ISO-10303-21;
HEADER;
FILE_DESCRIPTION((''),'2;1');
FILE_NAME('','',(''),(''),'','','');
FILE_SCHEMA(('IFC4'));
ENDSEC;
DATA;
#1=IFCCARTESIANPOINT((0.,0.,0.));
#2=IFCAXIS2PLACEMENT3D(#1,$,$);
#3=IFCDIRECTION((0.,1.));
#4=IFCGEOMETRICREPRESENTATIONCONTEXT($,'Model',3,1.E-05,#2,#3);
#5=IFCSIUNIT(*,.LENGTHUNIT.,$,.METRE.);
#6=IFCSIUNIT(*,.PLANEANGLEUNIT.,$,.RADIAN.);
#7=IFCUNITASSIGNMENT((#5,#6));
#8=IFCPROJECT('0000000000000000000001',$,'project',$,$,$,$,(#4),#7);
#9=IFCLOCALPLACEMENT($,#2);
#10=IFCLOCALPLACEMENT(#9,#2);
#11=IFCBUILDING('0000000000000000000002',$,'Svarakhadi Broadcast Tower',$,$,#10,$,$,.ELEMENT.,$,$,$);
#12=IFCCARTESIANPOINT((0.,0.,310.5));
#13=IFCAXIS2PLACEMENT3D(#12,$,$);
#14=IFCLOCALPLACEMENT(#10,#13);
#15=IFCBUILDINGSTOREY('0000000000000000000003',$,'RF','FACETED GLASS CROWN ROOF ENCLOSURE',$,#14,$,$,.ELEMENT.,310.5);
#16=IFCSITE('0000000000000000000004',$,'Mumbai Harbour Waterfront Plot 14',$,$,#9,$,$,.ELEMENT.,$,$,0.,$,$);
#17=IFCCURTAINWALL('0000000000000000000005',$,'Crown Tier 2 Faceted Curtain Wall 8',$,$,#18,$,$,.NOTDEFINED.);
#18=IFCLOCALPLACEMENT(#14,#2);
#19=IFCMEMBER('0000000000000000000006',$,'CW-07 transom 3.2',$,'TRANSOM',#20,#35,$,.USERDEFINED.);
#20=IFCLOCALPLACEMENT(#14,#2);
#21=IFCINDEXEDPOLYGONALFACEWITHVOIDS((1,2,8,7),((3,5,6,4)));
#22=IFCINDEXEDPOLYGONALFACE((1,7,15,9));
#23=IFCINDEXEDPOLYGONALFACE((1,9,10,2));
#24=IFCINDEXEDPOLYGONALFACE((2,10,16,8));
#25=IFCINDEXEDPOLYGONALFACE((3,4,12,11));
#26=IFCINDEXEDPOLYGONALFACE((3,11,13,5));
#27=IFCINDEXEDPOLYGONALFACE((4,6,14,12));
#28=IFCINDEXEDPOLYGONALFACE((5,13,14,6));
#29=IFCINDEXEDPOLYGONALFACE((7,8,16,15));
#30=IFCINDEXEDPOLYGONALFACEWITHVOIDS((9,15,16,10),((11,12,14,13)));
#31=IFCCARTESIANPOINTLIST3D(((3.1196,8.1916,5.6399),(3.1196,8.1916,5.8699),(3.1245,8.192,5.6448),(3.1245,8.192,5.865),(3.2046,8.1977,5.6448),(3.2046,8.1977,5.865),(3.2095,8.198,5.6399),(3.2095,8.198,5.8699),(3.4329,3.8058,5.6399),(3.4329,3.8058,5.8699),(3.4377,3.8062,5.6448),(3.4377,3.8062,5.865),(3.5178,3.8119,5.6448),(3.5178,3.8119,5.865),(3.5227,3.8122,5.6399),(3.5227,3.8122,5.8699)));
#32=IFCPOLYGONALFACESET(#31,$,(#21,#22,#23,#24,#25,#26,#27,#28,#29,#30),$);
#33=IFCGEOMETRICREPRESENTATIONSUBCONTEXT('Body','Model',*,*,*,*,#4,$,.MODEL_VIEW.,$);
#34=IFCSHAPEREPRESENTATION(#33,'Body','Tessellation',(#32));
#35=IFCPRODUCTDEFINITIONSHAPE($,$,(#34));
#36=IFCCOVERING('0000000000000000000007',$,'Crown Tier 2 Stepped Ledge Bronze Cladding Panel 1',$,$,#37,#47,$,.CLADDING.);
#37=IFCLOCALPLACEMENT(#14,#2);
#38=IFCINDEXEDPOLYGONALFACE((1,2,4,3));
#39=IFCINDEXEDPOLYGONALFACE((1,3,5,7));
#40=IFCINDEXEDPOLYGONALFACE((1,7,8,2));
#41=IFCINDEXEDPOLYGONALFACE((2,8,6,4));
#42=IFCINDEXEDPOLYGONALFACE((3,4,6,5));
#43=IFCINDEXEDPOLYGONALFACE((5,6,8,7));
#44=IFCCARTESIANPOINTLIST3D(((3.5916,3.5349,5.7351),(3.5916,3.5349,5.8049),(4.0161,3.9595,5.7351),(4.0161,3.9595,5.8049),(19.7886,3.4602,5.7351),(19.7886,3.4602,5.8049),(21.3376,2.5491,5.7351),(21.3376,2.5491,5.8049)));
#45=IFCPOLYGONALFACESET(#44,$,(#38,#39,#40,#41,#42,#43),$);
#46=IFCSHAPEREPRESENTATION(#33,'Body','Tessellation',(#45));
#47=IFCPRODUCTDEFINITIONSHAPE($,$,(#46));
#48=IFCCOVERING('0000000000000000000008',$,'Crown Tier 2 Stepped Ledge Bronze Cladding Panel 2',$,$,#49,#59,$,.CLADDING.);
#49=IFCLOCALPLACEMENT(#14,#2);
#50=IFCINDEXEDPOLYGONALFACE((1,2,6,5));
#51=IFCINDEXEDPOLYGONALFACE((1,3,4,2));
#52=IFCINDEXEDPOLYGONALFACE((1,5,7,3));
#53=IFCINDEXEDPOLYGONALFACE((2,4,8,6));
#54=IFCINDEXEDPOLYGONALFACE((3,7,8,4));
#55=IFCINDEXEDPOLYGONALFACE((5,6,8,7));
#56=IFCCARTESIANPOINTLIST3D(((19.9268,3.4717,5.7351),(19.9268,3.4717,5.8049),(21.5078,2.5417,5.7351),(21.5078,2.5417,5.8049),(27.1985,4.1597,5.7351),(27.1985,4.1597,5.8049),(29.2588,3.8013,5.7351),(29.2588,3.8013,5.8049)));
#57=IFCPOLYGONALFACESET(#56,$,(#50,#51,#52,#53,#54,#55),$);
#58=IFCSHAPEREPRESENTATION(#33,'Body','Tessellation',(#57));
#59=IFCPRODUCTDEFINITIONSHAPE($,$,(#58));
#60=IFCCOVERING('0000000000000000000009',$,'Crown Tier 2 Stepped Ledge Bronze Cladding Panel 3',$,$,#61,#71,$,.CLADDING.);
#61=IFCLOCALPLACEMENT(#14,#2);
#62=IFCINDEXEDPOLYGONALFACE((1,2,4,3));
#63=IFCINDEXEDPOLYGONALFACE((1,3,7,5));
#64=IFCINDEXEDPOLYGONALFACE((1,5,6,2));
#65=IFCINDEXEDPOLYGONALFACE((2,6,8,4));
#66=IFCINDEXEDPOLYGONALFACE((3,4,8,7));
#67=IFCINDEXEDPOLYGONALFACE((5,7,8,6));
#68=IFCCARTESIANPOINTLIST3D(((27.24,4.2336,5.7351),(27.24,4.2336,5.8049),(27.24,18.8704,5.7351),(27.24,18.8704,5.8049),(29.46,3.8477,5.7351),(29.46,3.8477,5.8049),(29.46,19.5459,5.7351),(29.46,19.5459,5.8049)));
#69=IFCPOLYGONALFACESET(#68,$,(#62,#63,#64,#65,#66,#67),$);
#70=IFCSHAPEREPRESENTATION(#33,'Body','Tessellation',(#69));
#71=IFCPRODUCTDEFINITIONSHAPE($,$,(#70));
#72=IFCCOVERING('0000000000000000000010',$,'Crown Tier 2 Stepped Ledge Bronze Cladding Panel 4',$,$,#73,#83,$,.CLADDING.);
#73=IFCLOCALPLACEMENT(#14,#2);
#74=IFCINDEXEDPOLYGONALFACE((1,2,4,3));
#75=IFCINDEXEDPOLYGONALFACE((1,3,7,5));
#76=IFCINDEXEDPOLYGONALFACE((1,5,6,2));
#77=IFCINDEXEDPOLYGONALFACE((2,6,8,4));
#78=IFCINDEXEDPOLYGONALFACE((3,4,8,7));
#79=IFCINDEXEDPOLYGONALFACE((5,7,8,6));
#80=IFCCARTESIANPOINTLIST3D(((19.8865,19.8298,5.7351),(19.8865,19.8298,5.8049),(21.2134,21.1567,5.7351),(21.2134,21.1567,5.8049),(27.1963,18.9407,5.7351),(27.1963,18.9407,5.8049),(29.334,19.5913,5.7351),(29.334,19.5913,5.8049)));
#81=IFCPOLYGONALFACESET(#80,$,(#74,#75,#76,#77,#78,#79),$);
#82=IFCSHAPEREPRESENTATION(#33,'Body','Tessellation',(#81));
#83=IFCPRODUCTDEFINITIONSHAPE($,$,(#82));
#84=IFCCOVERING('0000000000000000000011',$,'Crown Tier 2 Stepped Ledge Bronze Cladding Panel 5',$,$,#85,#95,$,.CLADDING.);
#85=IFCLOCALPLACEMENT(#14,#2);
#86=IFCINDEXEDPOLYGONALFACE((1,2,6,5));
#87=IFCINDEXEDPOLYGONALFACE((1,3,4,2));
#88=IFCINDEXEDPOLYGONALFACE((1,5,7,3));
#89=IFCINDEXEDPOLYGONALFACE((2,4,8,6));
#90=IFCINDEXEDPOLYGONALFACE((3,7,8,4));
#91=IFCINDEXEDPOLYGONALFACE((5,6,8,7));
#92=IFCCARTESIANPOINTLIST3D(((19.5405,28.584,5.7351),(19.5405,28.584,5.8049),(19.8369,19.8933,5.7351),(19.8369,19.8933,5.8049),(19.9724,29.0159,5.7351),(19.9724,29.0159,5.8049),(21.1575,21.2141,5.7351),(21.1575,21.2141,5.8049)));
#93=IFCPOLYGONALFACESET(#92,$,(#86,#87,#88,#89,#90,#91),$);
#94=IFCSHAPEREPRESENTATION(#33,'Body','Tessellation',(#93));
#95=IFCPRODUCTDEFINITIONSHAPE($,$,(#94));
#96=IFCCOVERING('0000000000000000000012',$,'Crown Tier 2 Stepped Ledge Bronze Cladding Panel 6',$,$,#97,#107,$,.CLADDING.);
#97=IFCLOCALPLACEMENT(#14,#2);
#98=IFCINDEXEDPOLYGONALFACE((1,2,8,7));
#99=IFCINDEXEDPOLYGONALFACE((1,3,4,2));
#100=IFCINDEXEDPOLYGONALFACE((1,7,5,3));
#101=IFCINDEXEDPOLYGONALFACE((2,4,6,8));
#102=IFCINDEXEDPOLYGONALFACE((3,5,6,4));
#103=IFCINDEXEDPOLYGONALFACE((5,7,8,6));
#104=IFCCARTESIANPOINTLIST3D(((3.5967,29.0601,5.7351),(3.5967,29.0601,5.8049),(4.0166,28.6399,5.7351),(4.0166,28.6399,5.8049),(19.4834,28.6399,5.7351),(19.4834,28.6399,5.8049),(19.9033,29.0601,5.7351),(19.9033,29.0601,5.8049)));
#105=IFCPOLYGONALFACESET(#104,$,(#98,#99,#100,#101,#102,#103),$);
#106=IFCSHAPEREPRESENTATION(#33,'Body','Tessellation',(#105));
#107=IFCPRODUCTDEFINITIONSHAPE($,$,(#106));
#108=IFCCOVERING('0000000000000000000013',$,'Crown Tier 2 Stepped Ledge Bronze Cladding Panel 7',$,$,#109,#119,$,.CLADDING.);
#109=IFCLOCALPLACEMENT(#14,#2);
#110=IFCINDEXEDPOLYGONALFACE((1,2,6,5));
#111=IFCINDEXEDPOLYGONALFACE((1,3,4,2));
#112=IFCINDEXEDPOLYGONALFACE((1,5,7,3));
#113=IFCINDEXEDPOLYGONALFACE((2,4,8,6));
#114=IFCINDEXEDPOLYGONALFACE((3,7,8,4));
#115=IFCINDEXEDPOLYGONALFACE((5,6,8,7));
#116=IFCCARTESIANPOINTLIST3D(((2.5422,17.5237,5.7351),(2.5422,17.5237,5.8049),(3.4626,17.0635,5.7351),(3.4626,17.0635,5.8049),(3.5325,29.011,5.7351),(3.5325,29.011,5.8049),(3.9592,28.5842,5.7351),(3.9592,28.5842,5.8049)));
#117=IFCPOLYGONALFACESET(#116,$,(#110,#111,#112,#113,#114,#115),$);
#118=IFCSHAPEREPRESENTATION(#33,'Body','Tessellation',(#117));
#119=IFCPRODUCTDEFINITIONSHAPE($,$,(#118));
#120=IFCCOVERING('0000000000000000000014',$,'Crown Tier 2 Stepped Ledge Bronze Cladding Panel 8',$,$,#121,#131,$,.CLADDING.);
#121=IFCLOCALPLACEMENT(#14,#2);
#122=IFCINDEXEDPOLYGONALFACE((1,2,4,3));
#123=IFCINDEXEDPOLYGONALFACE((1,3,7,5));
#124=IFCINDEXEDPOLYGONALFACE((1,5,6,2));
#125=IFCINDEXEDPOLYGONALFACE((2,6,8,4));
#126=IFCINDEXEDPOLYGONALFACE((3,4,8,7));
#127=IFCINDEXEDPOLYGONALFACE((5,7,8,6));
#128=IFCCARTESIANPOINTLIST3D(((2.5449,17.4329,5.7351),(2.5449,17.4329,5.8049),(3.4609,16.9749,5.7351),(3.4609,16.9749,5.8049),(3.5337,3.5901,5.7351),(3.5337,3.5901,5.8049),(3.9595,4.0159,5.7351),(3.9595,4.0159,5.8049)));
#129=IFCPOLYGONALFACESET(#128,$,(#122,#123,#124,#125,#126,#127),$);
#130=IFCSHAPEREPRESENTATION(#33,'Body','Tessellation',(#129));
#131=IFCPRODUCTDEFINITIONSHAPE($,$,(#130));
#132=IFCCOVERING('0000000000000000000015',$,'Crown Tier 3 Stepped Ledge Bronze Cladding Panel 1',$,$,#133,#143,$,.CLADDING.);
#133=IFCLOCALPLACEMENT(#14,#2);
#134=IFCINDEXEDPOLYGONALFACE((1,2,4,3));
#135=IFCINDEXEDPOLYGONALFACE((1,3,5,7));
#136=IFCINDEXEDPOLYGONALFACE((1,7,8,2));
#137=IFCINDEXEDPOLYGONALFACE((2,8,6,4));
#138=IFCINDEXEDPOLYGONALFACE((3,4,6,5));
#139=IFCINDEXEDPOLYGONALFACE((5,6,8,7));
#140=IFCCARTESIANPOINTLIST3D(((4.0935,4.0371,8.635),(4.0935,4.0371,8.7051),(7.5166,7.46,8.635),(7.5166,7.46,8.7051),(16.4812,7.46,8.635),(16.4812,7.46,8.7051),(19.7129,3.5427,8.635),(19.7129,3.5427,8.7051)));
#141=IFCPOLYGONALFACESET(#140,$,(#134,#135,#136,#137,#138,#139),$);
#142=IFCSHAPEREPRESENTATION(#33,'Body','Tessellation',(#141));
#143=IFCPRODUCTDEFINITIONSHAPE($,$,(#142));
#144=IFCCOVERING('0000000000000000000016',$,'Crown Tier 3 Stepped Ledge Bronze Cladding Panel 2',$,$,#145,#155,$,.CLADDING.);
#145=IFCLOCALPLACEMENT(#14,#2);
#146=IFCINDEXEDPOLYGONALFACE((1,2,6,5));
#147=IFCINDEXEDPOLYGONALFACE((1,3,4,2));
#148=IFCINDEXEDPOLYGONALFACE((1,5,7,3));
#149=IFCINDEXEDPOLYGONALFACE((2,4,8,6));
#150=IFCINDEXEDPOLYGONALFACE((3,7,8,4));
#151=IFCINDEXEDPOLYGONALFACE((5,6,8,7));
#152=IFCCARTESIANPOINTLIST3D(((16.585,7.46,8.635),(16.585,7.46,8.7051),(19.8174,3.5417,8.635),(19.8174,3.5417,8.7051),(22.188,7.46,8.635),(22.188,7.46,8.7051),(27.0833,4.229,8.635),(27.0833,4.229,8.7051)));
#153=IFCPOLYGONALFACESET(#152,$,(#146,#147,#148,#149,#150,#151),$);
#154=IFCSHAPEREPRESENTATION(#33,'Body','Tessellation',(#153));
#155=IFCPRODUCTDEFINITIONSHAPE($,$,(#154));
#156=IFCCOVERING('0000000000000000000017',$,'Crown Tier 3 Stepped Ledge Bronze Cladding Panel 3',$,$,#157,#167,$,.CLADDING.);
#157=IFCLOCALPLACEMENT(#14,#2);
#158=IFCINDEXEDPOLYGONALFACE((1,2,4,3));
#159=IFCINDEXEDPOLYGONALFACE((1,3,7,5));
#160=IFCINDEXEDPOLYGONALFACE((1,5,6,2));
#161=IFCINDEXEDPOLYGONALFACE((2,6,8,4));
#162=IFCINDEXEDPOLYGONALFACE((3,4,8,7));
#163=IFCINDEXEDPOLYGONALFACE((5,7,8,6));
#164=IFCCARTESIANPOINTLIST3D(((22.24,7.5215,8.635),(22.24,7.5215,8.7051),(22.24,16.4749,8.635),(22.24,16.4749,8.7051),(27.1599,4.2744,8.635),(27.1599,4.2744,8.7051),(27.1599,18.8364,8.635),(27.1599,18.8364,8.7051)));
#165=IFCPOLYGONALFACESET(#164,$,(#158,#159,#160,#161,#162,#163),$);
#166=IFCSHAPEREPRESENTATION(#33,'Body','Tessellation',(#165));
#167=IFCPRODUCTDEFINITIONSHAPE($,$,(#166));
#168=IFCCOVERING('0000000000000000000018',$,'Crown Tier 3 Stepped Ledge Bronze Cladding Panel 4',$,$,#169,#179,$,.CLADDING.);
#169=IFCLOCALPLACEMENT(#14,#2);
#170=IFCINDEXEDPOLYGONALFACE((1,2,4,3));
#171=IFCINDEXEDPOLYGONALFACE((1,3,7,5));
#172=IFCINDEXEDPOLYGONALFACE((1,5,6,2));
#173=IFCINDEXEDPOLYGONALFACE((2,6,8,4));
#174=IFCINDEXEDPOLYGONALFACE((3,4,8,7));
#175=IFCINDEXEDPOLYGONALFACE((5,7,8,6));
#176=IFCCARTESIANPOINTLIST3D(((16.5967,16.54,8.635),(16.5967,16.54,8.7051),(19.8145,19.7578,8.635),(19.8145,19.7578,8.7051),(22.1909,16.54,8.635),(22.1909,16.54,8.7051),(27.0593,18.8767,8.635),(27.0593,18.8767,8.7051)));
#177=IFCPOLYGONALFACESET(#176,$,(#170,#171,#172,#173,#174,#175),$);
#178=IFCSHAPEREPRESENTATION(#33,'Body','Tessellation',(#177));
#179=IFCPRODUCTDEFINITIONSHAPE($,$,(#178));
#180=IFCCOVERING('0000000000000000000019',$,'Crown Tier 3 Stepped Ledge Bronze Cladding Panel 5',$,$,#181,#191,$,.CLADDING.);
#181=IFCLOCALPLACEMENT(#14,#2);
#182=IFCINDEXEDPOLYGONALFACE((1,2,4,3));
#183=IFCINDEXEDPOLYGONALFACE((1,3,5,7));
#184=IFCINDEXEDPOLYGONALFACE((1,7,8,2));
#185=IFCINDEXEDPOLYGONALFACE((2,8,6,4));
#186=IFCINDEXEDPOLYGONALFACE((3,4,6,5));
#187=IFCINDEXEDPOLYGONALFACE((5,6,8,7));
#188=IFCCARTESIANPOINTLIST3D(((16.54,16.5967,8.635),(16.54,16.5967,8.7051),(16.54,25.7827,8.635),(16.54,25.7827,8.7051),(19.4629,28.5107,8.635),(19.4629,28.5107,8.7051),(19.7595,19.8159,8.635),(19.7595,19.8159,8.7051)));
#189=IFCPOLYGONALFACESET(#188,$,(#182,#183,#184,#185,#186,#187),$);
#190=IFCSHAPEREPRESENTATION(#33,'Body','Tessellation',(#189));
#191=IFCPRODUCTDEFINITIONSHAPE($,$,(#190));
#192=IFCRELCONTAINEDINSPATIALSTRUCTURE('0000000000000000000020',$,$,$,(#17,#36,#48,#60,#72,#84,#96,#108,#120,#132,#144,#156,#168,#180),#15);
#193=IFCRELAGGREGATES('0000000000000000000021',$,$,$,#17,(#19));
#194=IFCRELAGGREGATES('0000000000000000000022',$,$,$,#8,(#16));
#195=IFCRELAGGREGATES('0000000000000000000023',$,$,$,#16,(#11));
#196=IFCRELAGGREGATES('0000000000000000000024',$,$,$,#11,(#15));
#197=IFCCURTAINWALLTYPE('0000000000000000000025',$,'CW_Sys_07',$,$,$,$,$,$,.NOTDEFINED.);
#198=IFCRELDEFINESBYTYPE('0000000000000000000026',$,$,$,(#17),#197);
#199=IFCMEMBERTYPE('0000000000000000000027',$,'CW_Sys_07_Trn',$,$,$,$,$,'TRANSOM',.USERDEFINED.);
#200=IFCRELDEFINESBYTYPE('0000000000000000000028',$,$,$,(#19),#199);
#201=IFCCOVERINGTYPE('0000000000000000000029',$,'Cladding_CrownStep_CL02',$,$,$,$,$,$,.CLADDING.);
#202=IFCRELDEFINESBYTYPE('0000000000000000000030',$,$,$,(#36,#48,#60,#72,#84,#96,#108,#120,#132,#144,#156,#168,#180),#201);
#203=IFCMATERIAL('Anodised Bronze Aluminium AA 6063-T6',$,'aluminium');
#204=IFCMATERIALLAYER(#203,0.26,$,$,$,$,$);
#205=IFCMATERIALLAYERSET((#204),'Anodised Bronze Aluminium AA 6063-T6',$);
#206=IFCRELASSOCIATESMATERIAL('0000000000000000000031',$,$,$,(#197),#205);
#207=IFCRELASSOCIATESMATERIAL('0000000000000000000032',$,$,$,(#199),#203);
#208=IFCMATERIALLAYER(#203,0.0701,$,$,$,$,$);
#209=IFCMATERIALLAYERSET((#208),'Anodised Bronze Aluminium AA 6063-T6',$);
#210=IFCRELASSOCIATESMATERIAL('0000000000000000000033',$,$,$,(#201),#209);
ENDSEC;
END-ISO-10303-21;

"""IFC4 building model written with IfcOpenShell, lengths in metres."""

from ifc_helpers import new_model, si_unit, direction, frame, origin, origin_2d, place, context, subcontext, project, spatial, polyline, hollow_rectangle, outline, extrude, material, layer, layer_set, material_profile, profile_set, type_object, element, aggregate, save


model = new_model("IFC4")

# Units and contexts
model_context = context("Model", 3, precision=1e-05, world=origin(), true_north=direction((0.0, 1.0)))
body_context = subcontext(model_context, "Body", "Model", "MODEL_VIEW")
ifc_project = project(units=[si_unit("LENGTHUNIT", "METRE"), si_unit("PLANEANGLEUNIT", "RADIAN")], contexts=[model_context])

# Site, building, storey
site_placement = place(None, origin())
site = spatial("IfcSite", under=ifc_project, at=site_placement, Name="Mumbai Harbour Waterfront Plot 14", CompositionType="ELEMENT", RefElevation=0.0)
building_placement = place(site_placement, origin())
building = spatial("IfcBuilding", under=site, at=building_placement, Name="Svarakhadi Broadcast Tower", CompositionType="ELEMENT")
storey_placement = place(building_placement, frame((0.0, 0.0, 310.5)))
storey = spatial("IfcBuildingStorey", under=building, at=storey_placement, Name="RF", Description="FACETED GLASS CROWN ROOF ENCLOSURE", CompositionType="ELEMENT", Elevation=310.5)

# Curtain wall, member
ifc_material_1 = material(Name="Anodised Bronze Aluminium AA 6063-T6", Category="aluminium")
ifc_layer_1 = layer(ifc_material_1, 0.26)
ifc_layer_set_1 = layer_set([ifc_layer_1], Name="Anodised Bronze Aluminium AA 6063-T6")
curtain_wall_type = type_object("IfcCurtainWallType", Name="CW_Sys_07", PredefinedType="NOTDEFINED", material=ifc_layer_set_1)
curtain_wall_placement = place(storey_placement, origin())
curtain_wall = element("IfcCurtainWall", 1, at=curtain_wall_placement, inside=storey, type_object=curtain_wall_type, Name="Crown Tier 2 Faceted Curtain Wall 8", PredefinedType="NOTDEFINED")
ifc_material_profile = material_profile(ifc_material_1, hollow_rectangle(XDim=0.0901, YDim=0.23, WallThickness=0.0049, at=origin_2d()), Name="ALU TRANSOM 230x90x5")
ifc_profile_set = profile_set([ifc_material_profile], Name="Anodised Bronze Aluminium AA 6063-T6")
member_type = type_object("IfcMemberType", Name="CW_Sys_07_Trn", ElementType="TRANSOM", PredefinedType="USERDEFINED", material=ifc_profile_set)
member_placement = place(storey_placement, frame((3.1646, 8.1948, 5.7549), z_axis=(0.071239, -0.997459, 0.0), x_axis=(0.997459, 0.071239, 0.0)))
member = element("IfcMember", 2, at=member_placement, type_object=member_type, Name="CW-07 transom 3.2", ObjectType="TRANSOM", PredefinedType="USERDEFINED", context=body_context, shape_type="SweptSolid", body=[
    extrude(hollow_rectangle(XDim=0.0901, YDim=0.23, WallThickness=0.0049, at=origin_2d()), origin(), (0.0, 0.0, 1.0), 4.397),
])
aggregate(curtain_wall, [member])

# Coverings
ifc_layer_2 = layer(ifc_material_1, 0.0701)
ifc_layer_set_2 = layer_set([ifc_layer_2], Name="Anodised Bronze Aluminium AA 6063-T6")
covering_type = type_object("IfcCoveringType", Name="Cladding_CrownStep_CL02", PredefinedType="CLADDING", material=ifc_layer_set_2)
covering_1_placement = place(storey_placement, frame((0.0, 0.0, 5.7351)))
element("IfcCovering", 3, at=covering_1_placement, inside=storey, type_object=covering_type, Name="Crown Tier 2 Stepped Ledge Bronze Cladding Panel 1", PredefinedType="CLADDING", context=body_context, shape_type="SweptSolid", body=[
    extrude(outline(polyline([(3.5916, 3.5349), (4.0161, 3.9595), (19.7886, 3.4602), (21.3376, 2.5491), (3.5916, 3.5349)])), origin(), (0.0, 0.0, 1.0), 0.0698),
])
covering_2_placement = place(storey_placement, frame((0.0, 0.0, 5.7351)))
element("IfcCovering", 4, at=covering_2_placement, inside=storey, type_object=covering_type, Name="Crown Tier 2 Stepped Ledge Bronze Cladding Panel 2", PredefinedType="CLADDING", context=body_context, shape_type="SweptSolid", body=[
    extrude(outline(polyline([(21.5078, 2.5417), (19.9268, 3.4717), (27.1985, 4.1597), (29.2588, 3.8013), (21.5078, 2.5417)])), origin(), (0.0, 0.0, 1.0), 0.0698),
])
covering_3_placement = place(storey_placement, frame((0.0, 0.0, 5.7351)))
element("IfcCovering", 5, at=covering_3_placement, inside=storey, type_object=covering_type, Name="Crown Tier 2 Stepped Ledge Bronze Cladding Panel 3", PredefinedType="CLADDING", context=body_context, shape_type="SweptSolid", body=[
    extrude(outline(polyline([(29.46, 3.8477), (27.24, 4.2336), (27.24, 18.8704), (29.46, 19.5459), (29.46, 3.8477)])), origin(), (0.0, 0.0, 1.0), 0.0698),
])
covering_4_placement = place(storey_placement, frame((0.0, 0.0, 5.7351)))
element("IfcCovering", 6, at=covering_4_placement, inside=storey, type_object=covering_type, Name="Crown Tier 2 Stepped Ledge Bronze Cladding Panel 4", PredefinedType="CLADDING", context=body_context, shape_type="SweptSolid", body=[
    extrude(outline(polyline([(29.334, 19.5913), (27.1963, 18.9407), (19.8865, 19.8298), (21.2134, 21.1567), (29.334, 19.5913)])), origin(), (0.0, 0.0, 1.0), 0.0698),
])
covering_5_placement = place(storey_placement, frame((0.0, 0.0, 5.7351)))
element("IfcCovering", 7, at=covering_5_placement, inside=storey, type_object=covering_type, Name="Crown Tier 2 Stepped Ledge Bronze Cladding Panel 5", PredefinedType="CLADDING", context=body_context, shape_type="SweptSolid", body=[
    extrude(outline(polyline([(21.1575, 21.2141), (19.8369, 19.8933), (19.5405, 28.584), (19.9724, 29.0159), (21.1575, 21.2141)])), origin(), (0.0, 0.0, 1.0), 0.0698),
])
covering_6_placement = place(storey_placement, frame((0.0, 0.0, 5.7351)))
element("IfcCovering", 8, at=covering_6_placement, inside=storey, type_object=covering_type, Name="Crown Tier 2 Stepped Ledge Bronze Cladding Panel 6", PredefinedType="CLADDING", context=body_context, shape_type="SweptSolid", body=[
    extrude(outline(polyline([(19.9033, 29.0601), (19.4834, 28.6399), (4.0166, 28.6399), (3.5967, 29.0601), (19.9033, 29.0601)])), origin(), (0.0, 0.0, 1.0), 0.0698),
])
covering_7_placement = place(storey_placement, frame((0.0, 0.0, 5.7351)))
element("IfcCovering", 9, at=covering_7_placement, inside=storey, type_object=covering_type, Name="Crown Tier 2 Stepped Ledge Bronze Cladding Panel 7", PredefinedType="CLADDING", context=body_context, shape_type="SweptSolid", body=[
    extrude(outline(polyline([(3.5325, 29.011), (3.9592, 28.5842), (3.4626, 17.0635), (2.5422, 17.5237), (3.5325, 29.011)])), origin(), (0.0, 0.0, 1.0), 0.0698),
])
covering_8_placement = place(storey_placement, frame((0.0, 0.0, 5.7351)))
element("IfcCovering", 10, at=covering_8_placement, inside=storey, type_object=covering_type, Name="Crown Tier 2 Stepped Ledge Bronze Cladding Panel 8", PredefinedType="CLADDING", context=body_context, shape_type="SweptSolid", body=[
    extrude(outline(polyline([(2.5449, 17.4329), (3.4609, 16.9749), (3.9595, 4.0159), (3.5337, 3.5901), (2.5449, 17.4329)])), origin(), (0.0, 0.0, 1.0), 0.0698),
])
covering_9_placement = place(storey_placement, frame((0.0, 0.0, 8.635)))
element("IfcCovering", 11, at=covering_9_placement, inside=storey, type_object=covering_type, Name="Crown Tier 3 Stepped Ledge Bronze Cladding Panel 1", PredefinedType="CLADDING", context=body_context, shape_type="SweptSolid", body=[
    extrude(outline(polyline([(4.0935, 4.0371), (7.5166, 7.46), (16.4812, 7.46), (19.7129, 3.5427), (4.0935, 4.0371)])), origin(), (0.0, 0.0, 1.0), 0.0701),
])
covering_10_placement = place(storey_placement, frame((0.0, 0.0, 8.635)))
element("IfcCovering", 12, at=covering_10_placement, inside=storey, type_object=covering_type, Name="Crown Tier 3 Stepped Ledge Bronze Cladding Panel 2", PredefinedType="CLADDING", context=body_context, shape_type="SweptSolid", body=[
    extrude(outline(polyline([(19.8174, 3.5417), (16.585, 7.46), (22.188, 7.46), (27.0833, 4.229), (19.8174, 3.5417)])), origin(), (0.0, 0.0, 1.0), 0.0701),
])
covering_11_placement = place(storey_placement, frame((0.0, 0.0, 8.635)))
element("IfcCovering", 13, at=covering_11_placement, inside=storey, type_object=covering_type, Name="Crown Tier 3 Stepped Ledge Bronze Cladding Panel 3", PredefinedType="CLADDING", context=body_context, shape_type="SweptSolid", body=[
    extrude(outline(polyline([(27.1599, 4.2744), (22.24, 7.5215), (22.24, 16.4749), (27.1599, 18.8364), (27.1599, 4.2744)])), origin(), (0.0, 0.0, 1.0), 0.0701),
])
covering_12_placement = place(storey_placement, frame((0.0, 0.0, 8.635)))
element("IfcCovering", 14, at=covering_12_placement, inside=storey, type_object=covering_type, Name="Crown Tier 3 Stepped Ledge Bronze Cladding Panel 4", PredefinedType="CLADDING", context=body_context, shape_type="SweptSolid", body=[
    extrude(outline(polyline([(27.0593, 18.8767), (22.1909, 16.54), (16.5967, 16.54), (19.8145, 19.7578), (27.0593, 18.8767)])), origin(), (0.0, 0.0, 1.0), 0.0701),
])
covering_13_placement = place(storey_placement, frame((0.0, 0.0, 8.635)))
element("IfcCovering", 15, at=covering_13_placement, inside=storey, type_object=covering_type, Name="Crown Tier 3 Stepped Ledge Bronze Cladding Panel 5", PredefinedType="CLADDING", context=body_context, shape_type="SweptSolid", body=[
    extrude(outline(polyline([(19.7595, 19.8159), (16.54, 16.5967), (16.54, 25.7827), (19.4629, 28.5107), (19.7595, 19.8159)])), origin(), (0.0, 0.0, 1.0), 0.0701),
])

save(model, "model.ifc")
